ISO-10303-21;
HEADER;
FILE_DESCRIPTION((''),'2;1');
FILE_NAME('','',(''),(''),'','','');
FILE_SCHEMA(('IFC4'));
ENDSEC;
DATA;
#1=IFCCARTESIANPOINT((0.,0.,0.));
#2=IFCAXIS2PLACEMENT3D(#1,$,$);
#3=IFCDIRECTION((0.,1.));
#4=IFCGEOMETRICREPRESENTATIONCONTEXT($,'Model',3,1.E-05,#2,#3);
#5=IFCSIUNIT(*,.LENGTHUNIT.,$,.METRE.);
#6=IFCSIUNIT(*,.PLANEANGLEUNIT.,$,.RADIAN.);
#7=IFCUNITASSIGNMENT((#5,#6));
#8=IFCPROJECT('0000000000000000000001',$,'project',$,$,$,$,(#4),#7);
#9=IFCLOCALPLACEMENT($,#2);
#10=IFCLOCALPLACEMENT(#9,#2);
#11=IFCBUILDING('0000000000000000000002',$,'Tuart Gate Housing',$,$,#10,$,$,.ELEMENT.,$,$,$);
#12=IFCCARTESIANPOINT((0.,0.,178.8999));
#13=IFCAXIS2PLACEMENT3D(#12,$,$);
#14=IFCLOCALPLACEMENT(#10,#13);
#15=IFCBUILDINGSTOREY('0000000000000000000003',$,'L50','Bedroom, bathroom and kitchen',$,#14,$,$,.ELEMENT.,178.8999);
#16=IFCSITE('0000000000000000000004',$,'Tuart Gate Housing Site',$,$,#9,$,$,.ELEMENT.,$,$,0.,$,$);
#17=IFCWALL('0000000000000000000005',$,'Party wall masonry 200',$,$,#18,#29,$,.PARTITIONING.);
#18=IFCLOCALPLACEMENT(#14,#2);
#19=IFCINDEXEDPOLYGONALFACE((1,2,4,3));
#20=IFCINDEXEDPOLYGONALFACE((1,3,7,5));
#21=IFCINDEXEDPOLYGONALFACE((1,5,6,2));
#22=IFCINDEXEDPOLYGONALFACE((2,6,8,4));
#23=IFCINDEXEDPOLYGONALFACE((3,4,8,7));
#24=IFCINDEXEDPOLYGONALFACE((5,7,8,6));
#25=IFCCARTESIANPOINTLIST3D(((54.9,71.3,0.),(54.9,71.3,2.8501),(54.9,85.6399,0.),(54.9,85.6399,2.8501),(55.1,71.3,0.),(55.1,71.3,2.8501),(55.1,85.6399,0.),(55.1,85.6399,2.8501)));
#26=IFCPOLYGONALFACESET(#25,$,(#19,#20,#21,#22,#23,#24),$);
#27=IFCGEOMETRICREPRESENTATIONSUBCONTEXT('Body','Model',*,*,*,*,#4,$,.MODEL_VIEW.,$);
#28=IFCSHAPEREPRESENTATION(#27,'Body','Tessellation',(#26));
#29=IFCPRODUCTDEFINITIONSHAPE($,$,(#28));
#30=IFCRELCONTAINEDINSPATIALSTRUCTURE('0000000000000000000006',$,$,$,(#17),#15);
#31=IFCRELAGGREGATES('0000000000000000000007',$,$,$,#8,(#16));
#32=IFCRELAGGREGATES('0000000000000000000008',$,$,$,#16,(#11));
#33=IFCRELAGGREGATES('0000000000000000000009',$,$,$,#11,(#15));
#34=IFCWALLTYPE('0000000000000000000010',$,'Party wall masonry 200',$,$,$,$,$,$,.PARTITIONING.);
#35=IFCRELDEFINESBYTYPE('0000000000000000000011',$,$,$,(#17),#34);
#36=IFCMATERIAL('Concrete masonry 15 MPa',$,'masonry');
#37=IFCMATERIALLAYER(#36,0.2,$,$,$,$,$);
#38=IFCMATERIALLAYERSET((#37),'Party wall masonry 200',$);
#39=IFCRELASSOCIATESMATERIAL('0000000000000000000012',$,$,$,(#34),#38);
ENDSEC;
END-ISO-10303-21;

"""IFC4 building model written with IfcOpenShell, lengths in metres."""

from ifc_helpers import new_model, si_unit, direction, frame, frame_2d, origin, place, context, subcontext, project, spatial, rectangle, extrude, material, layer, layer_set, type_object, element, save


model = new_model("IFC4")

# Units and contexts
model_context = context("Model", 3, precision=1e-05, world=origin(), true_north=direction((0.0, 1.0)))
body_context = subcontext(model_context, "Body", "Model", "MODEL_VIEW")
ifc_project = project(units=[si_unit("LENGTHUNIT", "METRE"), si_unit("PLANEANGLEUNIT", "RADIAN")], contexts=[model_context])

# Site, building, storey
site_placement = place(None, origin())
site = spatial("IfcSite", under=ifc_project, at=site_placement, Name="Tuart Gate Housing Site", CompositionType="ELEMENT", RefElevation=0.0)
building_placement = place(site_placement, origin())
building = spatial("IfcBuilding", under=site, at=building_placement, Name="Tuart Gate Housing", CompositionType="ELEMENT")
storey_placement = place(building_placement, frame((0.0, 0.0, 178.8999)))
storey = spatial("IfcBuildingStorey", under=building, at=storey_placement, Name="L50", Description="Bedroom, bathroom and kitchen", CompositionType="ELEMENT", Elevation=178.8999)

# Wall
ifc_material_1 = material(Name="Concrete masonry 15 MPa", Category="masonry")
ifc_layer_1 = layer(ifc_material_1, 0.2)
ifc_layer_set_1 = layer_set([ifc_layer_1], Name="Party wall masonry 200")
wall_type_1 = type_object("IfcWallType", Name="Party wall masonry 200", PredefinedType="PARTITIONING", material=ifc_layer_set_1)
wall_1_placement = place(storey_placement, frame((55.0, 71.3, 0.0), z_axis=(0.0, 0.0, 1.0), x_axis=(0.0, 1.0, 0.0)))
element("IfcWall", 1, at=wall_1_placement, inside=storey, type_object=wall_type_1, Name="Party wall masonry 200", PredefinedType="PARTITIONING", context=body_context, shape_type="SweptSolid", body=[
    extrude(rectangle(XDim=14.3398, YDim=0.2, at=frame_2d((7.1699, 0.0))), origin(), (0.0, 0.0, 1.0), 2.8501),
])

save(model, "model.ifc")
